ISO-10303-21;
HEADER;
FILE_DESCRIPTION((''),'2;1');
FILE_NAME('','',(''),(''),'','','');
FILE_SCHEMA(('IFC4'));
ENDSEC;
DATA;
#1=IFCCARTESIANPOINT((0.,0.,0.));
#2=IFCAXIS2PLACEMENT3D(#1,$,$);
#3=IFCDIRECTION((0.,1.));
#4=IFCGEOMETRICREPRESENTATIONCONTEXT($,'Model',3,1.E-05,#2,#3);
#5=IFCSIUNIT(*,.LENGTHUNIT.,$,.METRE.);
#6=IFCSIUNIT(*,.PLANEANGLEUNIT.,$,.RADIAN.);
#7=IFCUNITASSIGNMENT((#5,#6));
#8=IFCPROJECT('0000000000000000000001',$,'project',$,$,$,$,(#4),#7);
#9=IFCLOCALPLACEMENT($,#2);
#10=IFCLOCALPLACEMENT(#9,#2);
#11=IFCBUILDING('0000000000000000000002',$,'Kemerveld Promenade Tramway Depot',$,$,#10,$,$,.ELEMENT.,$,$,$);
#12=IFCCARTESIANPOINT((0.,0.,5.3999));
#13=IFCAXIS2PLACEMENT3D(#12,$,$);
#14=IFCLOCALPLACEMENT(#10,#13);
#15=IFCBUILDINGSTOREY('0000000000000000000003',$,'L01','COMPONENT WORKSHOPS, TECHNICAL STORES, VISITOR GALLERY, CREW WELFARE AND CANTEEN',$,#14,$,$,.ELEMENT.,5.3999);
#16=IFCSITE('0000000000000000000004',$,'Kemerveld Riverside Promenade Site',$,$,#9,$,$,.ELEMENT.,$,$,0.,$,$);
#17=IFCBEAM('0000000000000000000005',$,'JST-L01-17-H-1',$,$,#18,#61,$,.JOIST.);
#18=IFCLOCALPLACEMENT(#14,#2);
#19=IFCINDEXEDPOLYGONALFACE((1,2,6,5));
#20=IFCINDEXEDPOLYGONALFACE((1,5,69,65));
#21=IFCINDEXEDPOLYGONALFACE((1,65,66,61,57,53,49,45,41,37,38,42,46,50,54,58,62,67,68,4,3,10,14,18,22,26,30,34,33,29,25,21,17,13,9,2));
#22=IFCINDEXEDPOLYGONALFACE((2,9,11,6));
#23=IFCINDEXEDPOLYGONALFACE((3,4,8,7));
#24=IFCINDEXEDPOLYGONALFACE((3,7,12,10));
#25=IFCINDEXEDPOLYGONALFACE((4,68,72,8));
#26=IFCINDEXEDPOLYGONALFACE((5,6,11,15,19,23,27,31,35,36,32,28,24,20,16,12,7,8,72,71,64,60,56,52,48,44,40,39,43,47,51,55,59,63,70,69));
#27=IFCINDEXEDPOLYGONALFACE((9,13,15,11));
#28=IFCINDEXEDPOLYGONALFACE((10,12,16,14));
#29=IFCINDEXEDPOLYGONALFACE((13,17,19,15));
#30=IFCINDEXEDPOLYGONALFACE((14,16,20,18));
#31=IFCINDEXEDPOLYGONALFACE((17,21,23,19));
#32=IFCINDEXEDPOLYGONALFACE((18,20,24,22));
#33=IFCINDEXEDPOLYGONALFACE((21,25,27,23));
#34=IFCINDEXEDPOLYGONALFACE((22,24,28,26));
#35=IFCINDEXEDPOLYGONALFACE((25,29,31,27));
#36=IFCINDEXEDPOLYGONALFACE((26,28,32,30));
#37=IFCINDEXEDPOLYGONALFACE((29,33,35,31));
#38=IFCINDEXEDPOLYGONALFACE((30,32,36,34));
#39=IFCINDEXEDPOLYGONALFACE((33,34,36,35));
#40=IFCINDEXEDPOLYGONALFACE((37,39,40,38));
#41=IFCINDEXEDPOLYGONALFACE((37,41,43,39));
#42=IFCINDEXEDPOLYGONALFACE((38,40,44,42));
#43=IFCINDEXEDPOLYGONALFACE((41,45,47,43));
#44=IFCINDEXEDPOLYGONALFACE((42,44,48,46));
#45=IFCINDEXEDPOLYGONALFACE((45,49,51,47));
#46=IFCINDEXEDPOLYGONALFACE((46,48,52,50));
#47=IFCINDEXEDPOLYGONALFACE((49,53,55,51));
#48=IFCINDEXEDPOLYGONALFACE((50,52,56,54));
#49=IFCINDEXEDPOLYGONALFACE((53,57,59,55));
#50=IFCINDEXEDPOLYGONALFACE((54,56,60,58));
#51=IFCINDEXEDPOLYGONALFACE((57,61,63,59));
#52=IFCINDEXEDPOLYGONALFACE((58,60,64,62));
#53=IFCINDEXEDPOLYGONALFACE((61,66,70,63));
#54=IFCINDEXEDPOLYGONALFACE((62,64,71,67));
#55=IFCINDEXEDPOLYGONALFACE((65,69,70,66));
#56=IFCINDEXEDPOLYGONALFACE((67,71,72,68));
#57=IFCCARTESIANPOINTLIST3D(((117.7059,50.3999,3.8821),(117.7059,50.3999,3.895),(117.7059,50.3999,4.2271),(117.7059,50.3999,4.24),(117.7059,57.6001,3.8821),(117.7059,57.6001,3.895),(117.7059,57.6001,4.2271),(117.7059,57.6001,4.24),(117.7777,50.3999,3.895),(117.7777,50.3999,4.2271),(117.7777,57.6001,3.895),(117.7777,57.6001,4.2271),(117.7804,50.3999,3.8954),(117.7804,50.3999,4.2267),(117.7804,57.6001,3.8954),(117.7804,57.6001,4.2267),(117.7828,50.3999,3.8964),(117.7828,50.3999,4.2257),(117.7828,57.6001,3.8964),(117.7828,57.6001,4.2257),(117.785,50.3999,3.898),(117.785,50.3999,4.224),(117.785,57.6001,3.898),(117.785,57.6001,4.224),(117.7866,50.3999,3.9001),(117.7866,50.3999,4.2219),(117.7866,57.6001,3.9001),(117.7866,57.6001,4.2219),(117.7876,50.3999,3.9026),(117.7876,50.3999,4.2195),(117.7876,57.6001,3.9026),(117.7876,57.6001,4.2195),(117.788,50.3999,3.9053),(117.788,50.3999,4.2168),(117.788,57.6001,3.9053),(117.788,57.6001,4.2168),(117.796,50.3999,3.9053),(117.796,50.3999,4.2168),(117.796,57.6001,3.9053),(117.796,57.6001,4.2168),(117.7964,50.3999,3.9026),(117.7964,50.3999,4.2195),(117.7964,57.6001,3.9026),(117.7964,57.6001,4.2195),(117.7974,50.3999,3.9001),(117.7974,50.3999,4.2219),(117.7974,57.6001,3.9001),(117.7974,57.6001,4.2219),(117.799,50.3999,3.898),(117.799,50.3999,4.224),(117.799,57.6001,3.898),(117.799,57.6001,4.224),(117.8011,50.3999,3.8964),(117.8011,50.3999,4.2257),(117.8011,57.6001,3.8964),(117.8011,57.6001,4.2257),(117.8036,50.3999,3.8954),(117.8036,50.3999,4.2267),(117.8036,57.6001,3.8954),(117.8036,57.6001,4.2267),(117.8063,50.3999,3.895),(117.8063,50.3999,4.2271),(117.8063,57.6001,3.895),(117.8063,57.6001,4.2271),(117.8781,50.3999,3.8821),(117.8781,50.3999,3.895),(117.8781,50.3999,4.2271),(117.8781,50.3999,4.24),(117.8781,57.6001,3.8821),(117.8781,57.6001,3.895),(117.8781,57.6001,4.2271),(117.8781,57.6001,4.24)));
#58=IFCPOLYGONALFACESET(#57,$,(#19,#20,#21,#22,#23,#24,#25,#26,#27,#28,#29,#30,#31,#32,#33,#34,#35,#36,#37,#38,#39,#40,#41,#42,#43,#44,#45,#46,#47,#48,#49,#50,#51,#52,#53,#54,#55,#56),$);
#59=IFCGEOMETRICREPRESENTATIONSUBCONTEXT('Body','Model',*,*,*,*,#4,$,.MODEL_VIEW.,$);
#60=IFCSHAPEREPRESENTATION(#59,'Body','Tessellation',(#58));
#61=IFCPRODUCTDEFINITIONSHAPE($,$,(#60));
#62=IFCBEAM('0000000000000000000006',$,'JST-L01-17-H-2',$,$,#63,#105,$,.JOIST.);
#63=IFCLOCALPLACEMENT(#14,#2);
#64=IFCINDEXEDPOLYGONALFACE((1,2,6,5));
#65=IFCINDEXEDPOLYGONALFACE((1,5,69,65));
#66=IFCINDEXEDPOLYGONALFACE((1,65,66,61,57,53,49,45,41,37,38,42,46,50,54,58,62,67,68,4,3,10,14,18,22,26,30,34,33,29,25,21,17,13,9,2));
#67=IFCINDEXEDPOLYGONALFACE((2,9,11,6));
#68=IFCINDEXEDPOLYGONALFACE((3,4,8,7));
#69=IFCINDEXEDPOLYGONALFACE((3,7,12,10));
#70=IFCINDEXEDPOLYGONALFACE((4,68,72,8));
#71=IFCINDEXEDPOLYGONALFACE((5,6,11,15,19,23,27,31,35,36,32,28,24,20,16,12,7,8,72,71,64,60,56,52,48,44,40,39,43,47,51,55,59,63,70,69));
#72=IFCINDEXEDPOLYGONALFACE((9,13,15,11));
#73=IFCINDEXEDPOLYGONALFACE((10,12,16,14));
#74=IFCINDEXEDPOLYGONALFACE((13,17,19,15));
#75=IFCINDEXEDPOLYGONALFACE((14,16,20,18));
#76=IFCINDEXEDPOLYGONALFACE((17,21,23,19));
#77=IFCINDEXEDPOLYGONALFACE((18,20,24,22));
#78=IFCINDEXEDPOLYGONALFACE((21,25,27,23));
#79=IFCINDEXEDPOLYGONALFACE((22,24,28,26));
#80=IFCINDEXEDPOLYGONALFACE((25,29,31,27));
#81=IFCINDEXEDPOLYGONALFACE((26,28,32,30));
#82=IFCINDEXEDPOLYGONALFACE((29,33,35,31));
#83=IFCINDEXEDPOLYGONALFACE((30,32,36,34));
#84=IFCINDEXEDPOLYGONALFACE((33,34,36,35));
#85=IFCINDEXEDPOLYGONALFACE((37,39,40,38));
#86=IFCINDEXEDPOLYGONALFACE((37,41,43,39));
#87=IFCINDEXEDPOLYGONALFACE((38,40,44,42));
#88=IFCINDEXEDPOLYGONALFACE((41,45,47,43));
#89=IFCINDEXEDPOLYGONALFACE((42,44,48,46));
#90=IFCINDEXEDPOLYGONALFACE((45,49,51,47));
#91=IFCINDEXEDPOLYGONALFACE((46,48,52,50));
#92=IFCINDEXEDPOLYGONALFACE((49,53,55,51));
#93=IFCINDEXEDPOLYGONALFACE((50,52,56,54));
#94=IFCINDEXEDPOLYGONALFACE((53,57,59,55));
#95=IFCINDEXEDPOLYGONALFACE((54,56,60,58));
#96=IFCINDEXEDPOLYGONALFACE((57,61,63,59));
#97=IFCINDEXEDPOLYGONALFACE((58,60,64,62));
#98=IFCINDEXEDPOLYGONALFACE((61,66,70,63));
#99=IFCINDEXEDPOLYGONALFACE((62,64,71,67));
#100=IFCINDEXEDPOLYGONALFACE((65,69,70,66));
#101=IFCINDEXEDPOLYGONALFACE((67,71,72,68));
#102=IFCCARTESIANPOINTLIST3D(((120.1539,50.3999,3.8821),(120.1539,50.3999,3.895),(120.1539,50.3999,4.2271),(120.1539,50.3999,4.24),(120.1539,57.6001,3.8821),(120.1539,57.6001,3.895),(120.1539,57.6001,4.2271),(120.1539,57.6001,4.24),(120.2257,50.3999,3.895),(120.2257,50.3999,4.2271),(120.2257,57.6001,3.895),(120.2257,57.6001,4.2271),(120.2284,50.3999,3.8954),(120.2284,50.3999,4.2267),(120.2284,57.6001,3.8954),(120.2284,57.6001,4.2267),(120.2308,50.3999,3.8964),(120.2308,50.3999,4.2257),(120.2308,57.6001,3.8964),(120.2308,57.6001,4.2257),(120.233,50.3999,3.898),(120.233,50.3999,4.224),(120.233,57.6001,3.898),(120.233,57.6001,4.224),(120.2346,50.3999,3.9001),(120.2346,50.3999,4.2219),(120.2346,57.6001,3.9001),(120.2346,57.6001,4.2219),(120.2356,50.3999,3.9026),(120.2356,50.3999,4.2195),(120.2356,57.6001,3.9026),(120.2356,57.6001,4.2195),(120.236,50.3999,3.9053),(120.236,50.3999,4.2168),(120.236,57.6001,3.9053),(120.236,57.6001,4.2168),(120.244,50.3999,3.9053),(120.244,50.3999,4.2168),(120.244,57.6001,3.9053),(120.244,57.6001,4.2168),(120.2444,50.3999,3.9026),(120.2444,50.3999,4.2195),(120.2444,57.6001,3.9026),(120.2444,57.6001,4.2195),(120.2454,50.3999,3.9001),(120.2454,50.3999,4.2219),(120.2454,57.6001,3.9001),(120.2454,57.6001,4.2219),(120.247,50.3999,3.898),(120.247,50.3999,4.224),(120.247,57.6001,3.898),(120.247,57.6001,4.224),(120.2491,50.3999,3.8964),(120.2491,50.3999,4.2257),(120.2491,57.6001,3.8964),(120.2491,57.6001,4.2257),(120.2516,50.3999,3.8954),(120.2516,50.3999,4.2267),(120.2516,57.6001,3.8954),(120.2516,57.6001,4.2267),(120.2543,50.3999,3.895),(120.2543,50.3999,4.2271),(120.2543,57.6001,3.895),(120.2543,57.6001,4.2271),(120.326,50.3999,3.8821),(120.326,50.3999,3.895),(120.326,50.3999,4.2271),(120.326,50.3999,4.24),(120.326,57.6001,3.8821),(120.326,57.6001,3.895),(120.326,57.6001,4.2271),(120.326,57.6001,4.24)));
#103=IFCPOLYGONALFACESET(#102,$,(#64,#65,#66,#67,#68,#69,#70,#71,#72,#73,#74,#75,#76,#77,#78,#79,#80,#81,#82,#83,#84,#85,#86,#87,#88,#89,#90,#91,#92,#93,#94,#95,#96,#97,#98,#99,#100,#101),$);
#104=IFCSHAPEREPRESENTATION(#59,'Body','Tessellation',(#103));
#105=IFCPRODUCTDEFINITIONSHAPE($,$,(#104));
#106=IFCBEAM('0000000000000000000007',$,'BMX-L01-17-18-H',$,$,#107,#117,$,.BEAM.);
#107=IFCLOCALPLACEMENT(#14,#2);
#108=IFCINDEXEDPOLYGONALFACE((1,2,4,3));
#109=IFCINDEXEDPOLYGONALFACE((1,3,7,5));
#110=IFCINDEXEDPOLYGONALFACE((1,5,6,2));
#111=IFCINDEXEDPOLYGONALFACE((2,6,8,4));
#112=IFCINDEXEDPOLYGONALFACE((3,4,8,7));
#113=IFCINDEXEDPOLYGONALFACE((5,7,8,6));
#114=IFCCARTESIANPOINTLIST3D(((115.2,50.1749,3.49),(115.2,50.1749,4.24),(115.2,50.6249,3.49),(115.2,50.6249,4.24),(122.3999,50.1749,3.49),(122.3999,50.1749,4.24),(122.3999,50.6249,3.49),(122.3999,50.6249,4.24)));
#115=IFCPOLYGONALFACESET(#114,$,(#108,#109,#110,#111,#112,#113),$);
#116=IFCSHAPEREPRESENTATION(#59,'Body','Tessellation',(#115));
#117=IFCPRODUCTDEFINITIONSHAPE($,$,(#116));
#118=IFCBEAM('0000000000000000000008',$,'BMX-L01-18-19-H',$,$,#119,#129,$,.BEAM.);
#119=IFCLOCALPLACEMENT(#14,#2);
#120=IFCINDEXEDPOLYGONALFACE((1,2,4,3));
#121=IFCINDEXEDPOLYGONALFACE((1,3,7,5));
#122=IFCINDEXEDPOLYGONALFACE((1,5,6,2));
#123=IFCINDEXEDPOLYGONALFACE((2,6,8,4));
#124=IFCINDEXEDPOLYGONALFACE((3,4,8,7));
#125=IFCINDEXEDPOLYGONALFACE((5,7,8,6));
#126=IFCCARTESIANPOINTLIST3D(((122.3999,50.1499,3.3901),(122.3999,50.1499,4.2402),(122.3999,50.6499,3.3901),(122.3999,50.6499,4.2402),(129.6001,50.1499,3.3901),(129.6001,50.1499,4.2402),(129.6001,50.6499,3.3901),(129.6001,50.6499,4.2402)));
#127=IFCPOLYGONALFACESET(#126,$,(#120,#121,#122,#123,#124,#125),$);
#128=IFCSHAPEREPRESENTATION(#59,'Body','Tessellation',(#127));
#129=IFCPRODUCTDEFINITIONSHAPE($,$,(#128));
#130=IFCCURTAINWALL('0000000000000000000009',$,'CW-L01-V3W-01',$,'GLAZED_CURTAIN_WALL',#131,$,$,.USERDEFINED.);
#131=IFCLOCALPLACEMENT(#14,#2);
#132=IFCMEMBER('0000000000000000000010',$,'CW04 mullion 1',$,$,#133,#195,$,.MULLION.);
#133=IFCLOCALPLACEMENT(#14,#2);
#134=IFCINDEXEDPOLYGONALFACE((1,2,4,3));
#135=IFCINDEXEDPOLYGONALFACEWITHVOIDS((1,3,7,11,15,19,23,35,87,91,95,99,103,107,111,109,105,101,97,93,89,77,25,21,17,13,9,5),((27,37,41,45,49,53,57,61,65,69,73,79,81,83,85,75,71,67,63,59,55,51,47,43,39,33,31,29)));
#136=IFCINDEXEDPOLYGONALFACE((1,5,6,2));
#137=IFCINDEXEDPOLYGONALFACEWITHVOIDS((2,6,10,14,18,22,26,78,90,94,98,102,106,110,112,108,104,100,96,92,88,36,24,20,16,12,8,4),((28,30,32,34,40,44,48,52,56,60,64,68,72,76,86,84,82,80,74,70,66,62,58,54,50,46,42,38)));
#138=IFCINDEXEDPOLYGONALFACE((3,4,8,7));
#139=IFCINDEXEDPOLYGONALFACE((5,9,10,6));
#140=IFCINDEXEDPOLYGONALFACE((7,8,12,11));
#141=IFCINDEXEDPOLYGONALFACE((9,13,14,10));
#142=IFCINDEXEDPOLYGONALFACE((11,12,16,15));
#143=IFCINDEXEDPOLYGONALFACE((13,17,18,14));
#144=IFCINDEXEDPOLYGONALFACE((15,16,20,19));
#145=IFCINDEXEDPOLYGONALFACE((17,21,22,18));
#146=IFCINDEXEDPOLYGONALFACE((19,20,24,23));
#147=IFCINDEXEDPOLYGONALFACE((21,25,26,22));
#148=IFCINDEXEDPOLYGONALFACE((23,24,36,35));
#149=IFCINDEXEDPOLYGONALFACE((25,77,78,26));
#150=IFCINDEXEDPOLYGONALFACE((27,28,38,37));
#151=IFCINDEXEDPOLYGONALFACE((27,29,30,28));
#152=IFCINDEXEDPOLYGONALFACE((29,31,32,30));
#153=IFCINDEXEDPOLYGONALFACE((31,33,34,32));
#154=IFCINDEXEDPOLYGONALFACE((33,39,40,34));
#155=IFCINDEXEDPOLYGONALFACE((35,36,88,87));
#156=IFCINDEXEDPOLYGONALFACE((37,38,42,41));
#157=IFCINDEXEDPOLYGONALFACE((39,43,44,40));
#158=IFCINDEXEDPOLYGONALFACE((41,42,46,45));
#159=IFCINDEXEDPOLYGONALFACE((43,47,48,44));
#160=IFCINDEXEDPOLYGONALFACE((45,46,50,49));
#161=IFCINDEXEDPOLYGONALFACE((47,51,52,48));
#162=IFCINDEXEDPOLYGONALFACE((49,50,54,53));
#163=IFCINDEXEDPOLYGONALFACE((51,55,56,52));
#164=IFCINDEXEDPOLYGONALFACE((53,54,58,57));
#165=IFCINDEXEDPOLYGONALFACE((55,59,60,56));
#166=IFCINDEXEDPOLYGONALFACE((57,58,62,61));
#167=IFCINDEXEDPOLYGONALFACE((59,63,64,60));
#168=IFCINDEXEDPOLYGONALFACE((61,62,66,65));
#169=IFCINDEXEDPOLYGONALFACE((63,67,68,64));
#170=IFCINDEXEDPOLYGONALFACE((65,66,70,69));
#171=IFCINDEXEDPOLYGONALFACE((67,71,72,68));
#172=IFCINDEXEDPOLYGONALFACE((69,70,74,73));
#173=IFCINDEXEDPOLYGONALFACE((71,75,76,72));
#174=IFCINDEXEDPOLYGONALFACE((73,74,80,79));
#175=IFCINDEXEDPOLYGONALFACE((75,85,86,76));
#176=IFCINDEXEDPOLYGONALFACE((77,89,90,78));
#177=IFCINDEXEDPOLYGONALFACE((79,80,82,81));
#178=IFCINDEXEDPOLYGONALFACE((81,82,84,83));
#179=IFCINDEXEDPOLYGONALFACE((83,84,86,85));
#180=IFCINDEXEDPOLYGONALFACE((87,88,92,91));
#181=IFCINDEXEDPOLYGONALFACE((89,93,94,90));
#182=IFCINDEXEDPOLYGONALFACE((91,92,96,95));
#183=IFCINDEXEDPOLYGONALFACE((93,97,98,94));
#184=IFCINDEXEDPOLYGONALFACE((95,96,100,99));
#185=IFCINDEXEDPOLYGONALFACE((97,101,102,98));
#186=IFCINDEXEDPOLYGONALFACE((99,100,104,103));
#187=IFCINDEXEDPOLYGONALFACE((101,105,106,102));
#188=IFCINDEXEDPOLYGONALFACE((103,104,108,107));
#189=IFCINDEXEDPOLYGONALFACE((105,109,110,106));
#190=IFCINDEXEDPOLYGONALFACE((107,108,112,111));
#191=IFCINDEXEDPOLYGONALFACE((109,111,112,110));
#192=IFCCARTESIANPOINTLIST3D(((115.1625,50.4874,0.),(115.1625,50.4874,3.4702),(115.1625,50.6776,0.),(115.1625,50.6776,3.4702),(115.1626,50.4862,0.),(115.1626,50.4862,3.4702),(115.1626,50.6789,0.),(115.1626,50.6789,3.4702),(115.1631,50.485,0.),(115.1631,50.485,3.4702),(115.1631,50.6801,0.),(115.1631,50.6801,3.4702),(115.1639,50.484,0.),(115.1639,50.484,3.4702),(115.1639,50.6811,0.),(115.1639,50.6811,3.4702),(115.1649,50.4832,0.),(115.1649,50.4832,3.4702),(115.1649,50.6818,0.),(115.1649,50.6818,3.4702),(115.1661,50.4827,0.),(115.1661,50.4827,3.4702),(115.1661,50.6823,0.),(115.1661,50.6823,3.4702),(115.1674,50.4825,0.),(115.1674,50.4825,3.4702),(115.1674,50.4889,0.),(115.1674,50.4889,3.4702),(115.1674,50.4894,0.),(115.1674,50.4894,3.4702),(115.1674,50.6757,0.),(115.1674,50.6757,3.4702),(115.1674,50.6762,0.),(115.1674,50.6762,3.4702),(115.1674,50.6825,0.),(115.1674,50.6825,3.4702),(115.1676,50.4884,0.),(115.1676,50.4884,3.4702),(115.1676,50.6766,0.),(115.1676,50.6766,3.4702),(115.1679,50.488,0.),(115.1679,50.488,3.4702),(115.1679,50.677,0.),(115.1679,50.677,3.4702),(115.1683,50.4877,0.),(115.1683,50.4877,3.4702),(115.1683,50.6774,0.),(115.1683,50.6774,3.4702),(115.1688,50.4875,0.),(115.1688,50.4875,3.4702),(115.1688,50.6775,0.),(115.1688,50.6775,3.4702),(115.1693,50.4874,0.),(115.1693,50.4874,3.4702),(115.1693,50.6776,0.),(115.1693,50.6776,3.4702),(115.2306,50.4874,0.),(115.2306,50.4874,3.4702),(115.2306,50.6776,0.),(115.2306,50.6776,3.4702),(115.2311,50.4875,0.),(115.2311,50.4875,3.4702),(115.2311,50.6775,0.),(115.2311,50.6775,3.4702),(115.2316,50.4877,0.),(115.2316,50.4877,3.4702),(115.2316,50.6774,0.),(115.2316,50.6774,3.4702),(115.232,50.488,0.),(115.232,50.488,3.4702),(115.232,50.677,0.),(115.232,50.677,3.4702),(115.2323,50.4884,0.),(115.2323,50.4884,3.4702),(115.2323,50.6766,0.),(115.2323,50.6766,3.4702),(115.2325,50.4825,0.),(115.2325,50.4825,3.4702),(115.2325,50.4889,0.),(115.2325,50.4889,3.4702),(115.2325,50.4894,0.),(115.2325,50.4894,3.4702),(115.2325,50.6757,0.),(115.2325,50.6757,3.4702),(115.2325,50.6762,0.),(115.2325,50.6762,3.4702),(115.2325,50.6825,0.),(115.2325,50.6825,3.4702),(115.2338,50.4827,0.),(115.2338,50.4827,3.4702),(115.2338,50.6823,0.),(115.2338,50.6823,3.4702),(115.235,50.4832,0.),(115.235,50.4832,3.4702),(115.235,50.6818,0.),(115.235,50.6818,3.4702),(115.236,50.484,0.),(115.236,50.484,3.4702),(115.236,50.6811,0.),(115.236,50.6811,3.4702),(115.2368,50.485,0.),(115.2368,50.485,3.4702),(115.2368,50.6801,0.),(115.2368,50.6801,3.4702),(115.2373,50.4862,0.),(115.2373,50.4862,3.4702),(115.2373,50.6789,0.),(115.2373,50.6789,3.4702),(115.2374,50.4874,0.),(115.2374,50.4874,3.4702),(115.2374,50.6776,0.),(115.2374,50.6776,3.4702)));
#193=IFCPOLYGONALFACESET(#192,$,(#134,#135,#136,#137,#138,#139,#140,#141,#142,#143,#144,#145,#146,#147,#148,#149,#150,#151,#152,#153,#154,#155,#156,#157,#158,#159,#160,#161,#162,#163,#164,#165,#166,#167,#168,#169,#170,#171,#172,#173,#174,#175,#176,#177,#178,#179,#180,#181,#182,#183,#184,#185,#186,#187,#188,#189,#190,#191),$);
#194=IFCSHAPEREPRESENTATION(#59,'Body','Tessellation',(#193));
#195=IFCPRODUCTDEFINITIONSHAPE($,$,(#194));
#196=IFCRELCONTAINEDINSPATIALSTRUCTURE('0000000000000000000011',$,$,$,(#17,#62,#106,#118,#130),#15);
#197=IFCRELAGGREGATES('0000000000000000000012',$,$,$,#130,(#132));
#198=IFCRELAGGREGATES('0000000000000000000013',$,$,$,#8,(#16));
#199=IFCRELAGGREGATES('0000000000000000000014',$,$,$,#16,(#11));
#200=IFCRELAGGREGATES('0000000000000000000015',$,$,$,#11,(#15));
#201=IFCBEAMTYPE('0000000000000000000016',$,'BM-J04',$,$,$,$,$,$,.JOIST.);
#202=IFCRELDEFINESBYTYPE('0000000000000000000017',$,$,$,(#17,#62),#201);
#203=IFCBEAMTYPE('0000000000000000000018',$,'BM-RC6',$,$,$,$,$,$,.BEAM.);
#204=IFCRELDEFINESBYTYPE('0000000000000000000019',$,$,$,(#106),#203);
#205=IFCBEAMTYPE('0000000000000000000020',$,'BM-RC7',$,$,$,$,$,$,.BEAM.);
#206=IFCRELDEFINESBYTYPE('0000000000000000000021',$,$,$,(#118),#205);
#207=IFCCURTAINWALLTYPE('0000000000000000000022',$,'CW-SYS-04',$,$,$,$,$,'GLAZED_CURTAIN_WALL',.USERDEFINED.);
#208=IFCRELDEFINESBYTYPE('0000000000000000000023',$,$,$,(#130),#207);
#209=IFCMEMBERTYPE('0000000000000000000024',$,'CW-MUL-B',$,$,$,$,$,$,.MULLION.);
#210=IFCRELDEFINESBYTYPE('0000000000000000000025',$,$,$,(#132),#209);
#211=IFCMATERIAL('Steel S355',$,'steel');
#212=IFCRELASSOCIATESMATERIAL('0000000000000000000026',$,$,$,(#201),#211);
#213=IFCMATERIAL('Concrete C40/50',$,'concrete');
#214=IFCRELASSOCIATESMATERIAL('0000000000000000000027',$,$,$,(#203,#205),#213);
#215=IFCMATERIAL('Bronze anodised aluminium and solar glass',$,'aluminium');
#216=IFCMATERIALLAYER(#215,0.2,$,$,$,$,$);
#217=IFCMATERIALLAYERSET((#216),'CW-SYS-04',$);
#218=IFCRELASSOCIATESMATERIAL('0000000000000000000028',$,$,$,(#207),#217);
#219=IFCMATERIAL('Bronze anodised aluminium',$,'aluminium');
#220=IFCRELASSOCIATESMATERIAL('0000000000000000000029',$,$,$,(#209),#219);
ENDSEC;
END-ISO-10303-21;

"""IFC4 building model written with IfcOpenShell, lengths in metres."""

from ifc_helpers import new_model, si_unit, direction, frame, origin, origin_2d, place, context, subcontext, project, spatial, rectangle, hollow_rectangle, i_section, extrude, material, layer, layer_set, material_profile, profile_set, type_object, element, aggregate, save


model = new_model("IFC4")

# Units and contexts
model_context = context("Model", 3, precision=1e-05, world=origin(), true_north=direction((0.0, 1.0)))
body_context = subcontext(model_context, "Body", "Model", "MODEL_VIEW")
ifc_project = project(units=[si_unit("LENGTHUNIT", "METRE"), si_unit("PLANEANGLEUNIT", "RADIAN")], contexts=[model_context])

# Site, building, storey
site_placement = place(None, origin())
site = spatial("IfcSite", under=ifc_project, at=site_placement, Name="Kemerveld Riverside Promenade Site", CompositionType="ELEMENT", RefElevation=0.0)
building_placement = place(site_placement, origin())
building = spatial("IfcBuilding", under=site, at=building_placement, Name="Kemerveld Promenade Tramway Depot", CompositionType="ELEMENT")
storey_placement = place(building_placement, frame((0.0, 0.0, 5.3999)))
storey = spatial("IfcBuildingStorey", under=building, at=storey_placement, Name="L01", Description="COMPONENT WORKSHOPS, TECHNICAL STORES, VISITOR GALLERY, CREW WELFARE AND CANTEEN", CompositionType="ELEMENT", Elevation=5.3999)

# Shared definitions
ifc_material_1 = material(Name="Concrete C40/50", Category="concrete")
ifc_material_2 = material(Name="Steel S355", Category="steel")

# Beams
ifc_material_profile_1 = material_profile(ifc_material_2, i_section(OverallWidth=0.1721, OverallDepth=0.3579, WebThickness=0.0081, FlangeThickness=0.0129, FilletRadius=0.0103, at=origin_2d()), Name="356x171x57 UB")
ifc_profile_set_1 = profile_set([ifc_material_profile_1], Name="Steel S355")
beam_type_1 = type_object("IfcBeamType", Name="BM-J04", PredefinedType="JOIST", material=ifc_profile_set_1)
for number, where, z_axis, x_axis, name in (
    (1, (117.792, 50.3999, 4.061), (0.0, 1.0, 0.0), (-1.0, 0.0, 0.0), "JST-L01-17-H-1"),
    (2, (120.24, 50.3999, 4.061), (0.0, 1.0, 0.0), (-1.0, 0.0, 0.0), "JST-L01-17-H-2"),
):
    element("IfcBeam", number, at=place(storey_placement, frame(where, z_axis=z_axis, x_axis=x_axis)), inside=storey, type_object=beam_type_1, Name=name, PredefinedType="JOIST", context=body_context, shape_type="SweptSolid", body=[
        extrude(i_section(OverallWidth=0.1721, OverallDepth=0.3579, WebThickness=0.0081, FlangeThickness=0.0129, FilletRadius=0.0103, at=origin_2d()), origin(), (0.0, 0.0, 1.0), 7.2002),
    ])
ifc_material_profile_2 = material_profile(ifc_material_1, rectangle(XDim=0.45, YDim=0.75, at=origin_2d()), Name="RC-BM-450x750")
ifc_profile_set_2 = profile_set([ifc_material_profile_2], Name="Concrete C40/50")
beam_type_2 = type_object("IfcBeamType", Name="BM-RC6", PredefinedType="BEAM", material=ifc_profile_set_2)
beam_1_placement = place(storey_placement, frame((115.2, 50.3999, 3.865), z_axis=(1.0, 0.0, 0.0), x_axis=(0.0, 1.0, 0.0)))
element("IfcBeam", 3, at=beam_1_placement, inside=storey, type_object=beam_type_2, Name="BMX-L01-17-18-H", PredefinedType="BEAM", context=body_context, shape_type="SweptSolid", body=[
    extrude(rectangle(XDim=0.45, YDim=0.75, at=origin_2d()), origin(), (0.0, 0.0, 1.0), 7.2),
])
ifc_material_profile_3 = material_profile(ifc_material_1, rectangle(XDim=0.5, YDim=0.8501, at=origin_2d()), Name="RC-BM-500x850")
ifc_profile_set_3 = profile_set([ifc_material_profile_3], Name="Concrete C40/50")
beam_type_3 = type_object("IfcBeamType", Name="BM-RC7", PredefinedType="BEAM", material=ifc_profile_set_3)
beam_2_placement = place(storey_placement, frame((122.3999, 50.3999, 3.8152), z_axis=(1.0, 0.0, 0.0), x_axis=(0.0, 1.0, 0.0)))
element("IfcBeam", 4, at=beam_2_placement, inside=storey, type_object=beam_type_3, Name="BMX-L01-18-19-H", PredefinedType="BEAM", context=body_context, shape_type="SweptSolid", body=[
    extrude(rectangle(XDim=0.5, YDim=0.8501, at=origin_2d()), origin(), (0.0, 0.0, 1.0), 7.2002),
])

# Curtain wall, member
ifc_material_3 = material(Name="Bronze anodised aluminium and solar glass", Category="aluminium")
ifc_layer_1 = layer(ifc_material_3, 0.2)
ifc_layer_set_1 = layer_set([ifc_layer_1], Name="CW-SYS-04")
curtain_wall_type = type_object("IfcCurtainWallType", Name="CW-SYS-04", ElementType="GLAZED_CURTAIN_WALL", PredefinedType="USERDEFINED", material=ifc_layer_set_1)
curtain_wall_placement = place(storey_placement, origin())
curtain_wall = element("IfcCurtainWall", 5, at=curtain_wall_placement, inside=storey, type_object=curtain_wall_type, Name="CW-L01-V3W-01", ObjectType="GLAZED_CURTAIN_WALL", PredefinedType="USERDEFINED")
ifc_material_4 = material(Name="Bronze anodised aluminium", Category="aluminium")
ifc_material_profile_4 = material_profile(ifc_material_4, hollow_rectangle(XDim=0.075, YDim=0.2, WallThickness=0.0049, InnerFilletRadius=0.002, OuterFilletRadius=0.0049, at=origin_2d()), Name="CW-MUL-200x75")
ifc_profile_set_4 = profile_set([ifc_material_profile_4], Name="Bronze anodised aluminium")
member_type_1 = type_object("IfcMemberType", Name="CW-MUL-B", PredefinedType="MULLION", material=ifc_profile_set_4)
member_1_placement = place(storey_placement, frame((115.2, 50.5825, 0.0), z_axis=(0.0, 0.0, 1.0), x_axis=(-1.0, 0.0, 0.0)))
member_1 = element("IfcMember", 6, at=member_1_placement, type_object=member_type_1, Name="CW04 mullion 1", PredefinedType="MULLION", context=body_context, shape_type="SweptSolid", body=[
    extrude(hollow_rectangle(XDim=0.075, YDim=0.2, WallThickness=0.0049, InnerFilletRadius=0.002, OuterFilletRadius=0.0049, at=origin_2d()), origin(), (0.0, 0.0, 1.0), 3.4702),
])
aggregate(curtain_wall, [member_1])

save(model, "model.ifc")
